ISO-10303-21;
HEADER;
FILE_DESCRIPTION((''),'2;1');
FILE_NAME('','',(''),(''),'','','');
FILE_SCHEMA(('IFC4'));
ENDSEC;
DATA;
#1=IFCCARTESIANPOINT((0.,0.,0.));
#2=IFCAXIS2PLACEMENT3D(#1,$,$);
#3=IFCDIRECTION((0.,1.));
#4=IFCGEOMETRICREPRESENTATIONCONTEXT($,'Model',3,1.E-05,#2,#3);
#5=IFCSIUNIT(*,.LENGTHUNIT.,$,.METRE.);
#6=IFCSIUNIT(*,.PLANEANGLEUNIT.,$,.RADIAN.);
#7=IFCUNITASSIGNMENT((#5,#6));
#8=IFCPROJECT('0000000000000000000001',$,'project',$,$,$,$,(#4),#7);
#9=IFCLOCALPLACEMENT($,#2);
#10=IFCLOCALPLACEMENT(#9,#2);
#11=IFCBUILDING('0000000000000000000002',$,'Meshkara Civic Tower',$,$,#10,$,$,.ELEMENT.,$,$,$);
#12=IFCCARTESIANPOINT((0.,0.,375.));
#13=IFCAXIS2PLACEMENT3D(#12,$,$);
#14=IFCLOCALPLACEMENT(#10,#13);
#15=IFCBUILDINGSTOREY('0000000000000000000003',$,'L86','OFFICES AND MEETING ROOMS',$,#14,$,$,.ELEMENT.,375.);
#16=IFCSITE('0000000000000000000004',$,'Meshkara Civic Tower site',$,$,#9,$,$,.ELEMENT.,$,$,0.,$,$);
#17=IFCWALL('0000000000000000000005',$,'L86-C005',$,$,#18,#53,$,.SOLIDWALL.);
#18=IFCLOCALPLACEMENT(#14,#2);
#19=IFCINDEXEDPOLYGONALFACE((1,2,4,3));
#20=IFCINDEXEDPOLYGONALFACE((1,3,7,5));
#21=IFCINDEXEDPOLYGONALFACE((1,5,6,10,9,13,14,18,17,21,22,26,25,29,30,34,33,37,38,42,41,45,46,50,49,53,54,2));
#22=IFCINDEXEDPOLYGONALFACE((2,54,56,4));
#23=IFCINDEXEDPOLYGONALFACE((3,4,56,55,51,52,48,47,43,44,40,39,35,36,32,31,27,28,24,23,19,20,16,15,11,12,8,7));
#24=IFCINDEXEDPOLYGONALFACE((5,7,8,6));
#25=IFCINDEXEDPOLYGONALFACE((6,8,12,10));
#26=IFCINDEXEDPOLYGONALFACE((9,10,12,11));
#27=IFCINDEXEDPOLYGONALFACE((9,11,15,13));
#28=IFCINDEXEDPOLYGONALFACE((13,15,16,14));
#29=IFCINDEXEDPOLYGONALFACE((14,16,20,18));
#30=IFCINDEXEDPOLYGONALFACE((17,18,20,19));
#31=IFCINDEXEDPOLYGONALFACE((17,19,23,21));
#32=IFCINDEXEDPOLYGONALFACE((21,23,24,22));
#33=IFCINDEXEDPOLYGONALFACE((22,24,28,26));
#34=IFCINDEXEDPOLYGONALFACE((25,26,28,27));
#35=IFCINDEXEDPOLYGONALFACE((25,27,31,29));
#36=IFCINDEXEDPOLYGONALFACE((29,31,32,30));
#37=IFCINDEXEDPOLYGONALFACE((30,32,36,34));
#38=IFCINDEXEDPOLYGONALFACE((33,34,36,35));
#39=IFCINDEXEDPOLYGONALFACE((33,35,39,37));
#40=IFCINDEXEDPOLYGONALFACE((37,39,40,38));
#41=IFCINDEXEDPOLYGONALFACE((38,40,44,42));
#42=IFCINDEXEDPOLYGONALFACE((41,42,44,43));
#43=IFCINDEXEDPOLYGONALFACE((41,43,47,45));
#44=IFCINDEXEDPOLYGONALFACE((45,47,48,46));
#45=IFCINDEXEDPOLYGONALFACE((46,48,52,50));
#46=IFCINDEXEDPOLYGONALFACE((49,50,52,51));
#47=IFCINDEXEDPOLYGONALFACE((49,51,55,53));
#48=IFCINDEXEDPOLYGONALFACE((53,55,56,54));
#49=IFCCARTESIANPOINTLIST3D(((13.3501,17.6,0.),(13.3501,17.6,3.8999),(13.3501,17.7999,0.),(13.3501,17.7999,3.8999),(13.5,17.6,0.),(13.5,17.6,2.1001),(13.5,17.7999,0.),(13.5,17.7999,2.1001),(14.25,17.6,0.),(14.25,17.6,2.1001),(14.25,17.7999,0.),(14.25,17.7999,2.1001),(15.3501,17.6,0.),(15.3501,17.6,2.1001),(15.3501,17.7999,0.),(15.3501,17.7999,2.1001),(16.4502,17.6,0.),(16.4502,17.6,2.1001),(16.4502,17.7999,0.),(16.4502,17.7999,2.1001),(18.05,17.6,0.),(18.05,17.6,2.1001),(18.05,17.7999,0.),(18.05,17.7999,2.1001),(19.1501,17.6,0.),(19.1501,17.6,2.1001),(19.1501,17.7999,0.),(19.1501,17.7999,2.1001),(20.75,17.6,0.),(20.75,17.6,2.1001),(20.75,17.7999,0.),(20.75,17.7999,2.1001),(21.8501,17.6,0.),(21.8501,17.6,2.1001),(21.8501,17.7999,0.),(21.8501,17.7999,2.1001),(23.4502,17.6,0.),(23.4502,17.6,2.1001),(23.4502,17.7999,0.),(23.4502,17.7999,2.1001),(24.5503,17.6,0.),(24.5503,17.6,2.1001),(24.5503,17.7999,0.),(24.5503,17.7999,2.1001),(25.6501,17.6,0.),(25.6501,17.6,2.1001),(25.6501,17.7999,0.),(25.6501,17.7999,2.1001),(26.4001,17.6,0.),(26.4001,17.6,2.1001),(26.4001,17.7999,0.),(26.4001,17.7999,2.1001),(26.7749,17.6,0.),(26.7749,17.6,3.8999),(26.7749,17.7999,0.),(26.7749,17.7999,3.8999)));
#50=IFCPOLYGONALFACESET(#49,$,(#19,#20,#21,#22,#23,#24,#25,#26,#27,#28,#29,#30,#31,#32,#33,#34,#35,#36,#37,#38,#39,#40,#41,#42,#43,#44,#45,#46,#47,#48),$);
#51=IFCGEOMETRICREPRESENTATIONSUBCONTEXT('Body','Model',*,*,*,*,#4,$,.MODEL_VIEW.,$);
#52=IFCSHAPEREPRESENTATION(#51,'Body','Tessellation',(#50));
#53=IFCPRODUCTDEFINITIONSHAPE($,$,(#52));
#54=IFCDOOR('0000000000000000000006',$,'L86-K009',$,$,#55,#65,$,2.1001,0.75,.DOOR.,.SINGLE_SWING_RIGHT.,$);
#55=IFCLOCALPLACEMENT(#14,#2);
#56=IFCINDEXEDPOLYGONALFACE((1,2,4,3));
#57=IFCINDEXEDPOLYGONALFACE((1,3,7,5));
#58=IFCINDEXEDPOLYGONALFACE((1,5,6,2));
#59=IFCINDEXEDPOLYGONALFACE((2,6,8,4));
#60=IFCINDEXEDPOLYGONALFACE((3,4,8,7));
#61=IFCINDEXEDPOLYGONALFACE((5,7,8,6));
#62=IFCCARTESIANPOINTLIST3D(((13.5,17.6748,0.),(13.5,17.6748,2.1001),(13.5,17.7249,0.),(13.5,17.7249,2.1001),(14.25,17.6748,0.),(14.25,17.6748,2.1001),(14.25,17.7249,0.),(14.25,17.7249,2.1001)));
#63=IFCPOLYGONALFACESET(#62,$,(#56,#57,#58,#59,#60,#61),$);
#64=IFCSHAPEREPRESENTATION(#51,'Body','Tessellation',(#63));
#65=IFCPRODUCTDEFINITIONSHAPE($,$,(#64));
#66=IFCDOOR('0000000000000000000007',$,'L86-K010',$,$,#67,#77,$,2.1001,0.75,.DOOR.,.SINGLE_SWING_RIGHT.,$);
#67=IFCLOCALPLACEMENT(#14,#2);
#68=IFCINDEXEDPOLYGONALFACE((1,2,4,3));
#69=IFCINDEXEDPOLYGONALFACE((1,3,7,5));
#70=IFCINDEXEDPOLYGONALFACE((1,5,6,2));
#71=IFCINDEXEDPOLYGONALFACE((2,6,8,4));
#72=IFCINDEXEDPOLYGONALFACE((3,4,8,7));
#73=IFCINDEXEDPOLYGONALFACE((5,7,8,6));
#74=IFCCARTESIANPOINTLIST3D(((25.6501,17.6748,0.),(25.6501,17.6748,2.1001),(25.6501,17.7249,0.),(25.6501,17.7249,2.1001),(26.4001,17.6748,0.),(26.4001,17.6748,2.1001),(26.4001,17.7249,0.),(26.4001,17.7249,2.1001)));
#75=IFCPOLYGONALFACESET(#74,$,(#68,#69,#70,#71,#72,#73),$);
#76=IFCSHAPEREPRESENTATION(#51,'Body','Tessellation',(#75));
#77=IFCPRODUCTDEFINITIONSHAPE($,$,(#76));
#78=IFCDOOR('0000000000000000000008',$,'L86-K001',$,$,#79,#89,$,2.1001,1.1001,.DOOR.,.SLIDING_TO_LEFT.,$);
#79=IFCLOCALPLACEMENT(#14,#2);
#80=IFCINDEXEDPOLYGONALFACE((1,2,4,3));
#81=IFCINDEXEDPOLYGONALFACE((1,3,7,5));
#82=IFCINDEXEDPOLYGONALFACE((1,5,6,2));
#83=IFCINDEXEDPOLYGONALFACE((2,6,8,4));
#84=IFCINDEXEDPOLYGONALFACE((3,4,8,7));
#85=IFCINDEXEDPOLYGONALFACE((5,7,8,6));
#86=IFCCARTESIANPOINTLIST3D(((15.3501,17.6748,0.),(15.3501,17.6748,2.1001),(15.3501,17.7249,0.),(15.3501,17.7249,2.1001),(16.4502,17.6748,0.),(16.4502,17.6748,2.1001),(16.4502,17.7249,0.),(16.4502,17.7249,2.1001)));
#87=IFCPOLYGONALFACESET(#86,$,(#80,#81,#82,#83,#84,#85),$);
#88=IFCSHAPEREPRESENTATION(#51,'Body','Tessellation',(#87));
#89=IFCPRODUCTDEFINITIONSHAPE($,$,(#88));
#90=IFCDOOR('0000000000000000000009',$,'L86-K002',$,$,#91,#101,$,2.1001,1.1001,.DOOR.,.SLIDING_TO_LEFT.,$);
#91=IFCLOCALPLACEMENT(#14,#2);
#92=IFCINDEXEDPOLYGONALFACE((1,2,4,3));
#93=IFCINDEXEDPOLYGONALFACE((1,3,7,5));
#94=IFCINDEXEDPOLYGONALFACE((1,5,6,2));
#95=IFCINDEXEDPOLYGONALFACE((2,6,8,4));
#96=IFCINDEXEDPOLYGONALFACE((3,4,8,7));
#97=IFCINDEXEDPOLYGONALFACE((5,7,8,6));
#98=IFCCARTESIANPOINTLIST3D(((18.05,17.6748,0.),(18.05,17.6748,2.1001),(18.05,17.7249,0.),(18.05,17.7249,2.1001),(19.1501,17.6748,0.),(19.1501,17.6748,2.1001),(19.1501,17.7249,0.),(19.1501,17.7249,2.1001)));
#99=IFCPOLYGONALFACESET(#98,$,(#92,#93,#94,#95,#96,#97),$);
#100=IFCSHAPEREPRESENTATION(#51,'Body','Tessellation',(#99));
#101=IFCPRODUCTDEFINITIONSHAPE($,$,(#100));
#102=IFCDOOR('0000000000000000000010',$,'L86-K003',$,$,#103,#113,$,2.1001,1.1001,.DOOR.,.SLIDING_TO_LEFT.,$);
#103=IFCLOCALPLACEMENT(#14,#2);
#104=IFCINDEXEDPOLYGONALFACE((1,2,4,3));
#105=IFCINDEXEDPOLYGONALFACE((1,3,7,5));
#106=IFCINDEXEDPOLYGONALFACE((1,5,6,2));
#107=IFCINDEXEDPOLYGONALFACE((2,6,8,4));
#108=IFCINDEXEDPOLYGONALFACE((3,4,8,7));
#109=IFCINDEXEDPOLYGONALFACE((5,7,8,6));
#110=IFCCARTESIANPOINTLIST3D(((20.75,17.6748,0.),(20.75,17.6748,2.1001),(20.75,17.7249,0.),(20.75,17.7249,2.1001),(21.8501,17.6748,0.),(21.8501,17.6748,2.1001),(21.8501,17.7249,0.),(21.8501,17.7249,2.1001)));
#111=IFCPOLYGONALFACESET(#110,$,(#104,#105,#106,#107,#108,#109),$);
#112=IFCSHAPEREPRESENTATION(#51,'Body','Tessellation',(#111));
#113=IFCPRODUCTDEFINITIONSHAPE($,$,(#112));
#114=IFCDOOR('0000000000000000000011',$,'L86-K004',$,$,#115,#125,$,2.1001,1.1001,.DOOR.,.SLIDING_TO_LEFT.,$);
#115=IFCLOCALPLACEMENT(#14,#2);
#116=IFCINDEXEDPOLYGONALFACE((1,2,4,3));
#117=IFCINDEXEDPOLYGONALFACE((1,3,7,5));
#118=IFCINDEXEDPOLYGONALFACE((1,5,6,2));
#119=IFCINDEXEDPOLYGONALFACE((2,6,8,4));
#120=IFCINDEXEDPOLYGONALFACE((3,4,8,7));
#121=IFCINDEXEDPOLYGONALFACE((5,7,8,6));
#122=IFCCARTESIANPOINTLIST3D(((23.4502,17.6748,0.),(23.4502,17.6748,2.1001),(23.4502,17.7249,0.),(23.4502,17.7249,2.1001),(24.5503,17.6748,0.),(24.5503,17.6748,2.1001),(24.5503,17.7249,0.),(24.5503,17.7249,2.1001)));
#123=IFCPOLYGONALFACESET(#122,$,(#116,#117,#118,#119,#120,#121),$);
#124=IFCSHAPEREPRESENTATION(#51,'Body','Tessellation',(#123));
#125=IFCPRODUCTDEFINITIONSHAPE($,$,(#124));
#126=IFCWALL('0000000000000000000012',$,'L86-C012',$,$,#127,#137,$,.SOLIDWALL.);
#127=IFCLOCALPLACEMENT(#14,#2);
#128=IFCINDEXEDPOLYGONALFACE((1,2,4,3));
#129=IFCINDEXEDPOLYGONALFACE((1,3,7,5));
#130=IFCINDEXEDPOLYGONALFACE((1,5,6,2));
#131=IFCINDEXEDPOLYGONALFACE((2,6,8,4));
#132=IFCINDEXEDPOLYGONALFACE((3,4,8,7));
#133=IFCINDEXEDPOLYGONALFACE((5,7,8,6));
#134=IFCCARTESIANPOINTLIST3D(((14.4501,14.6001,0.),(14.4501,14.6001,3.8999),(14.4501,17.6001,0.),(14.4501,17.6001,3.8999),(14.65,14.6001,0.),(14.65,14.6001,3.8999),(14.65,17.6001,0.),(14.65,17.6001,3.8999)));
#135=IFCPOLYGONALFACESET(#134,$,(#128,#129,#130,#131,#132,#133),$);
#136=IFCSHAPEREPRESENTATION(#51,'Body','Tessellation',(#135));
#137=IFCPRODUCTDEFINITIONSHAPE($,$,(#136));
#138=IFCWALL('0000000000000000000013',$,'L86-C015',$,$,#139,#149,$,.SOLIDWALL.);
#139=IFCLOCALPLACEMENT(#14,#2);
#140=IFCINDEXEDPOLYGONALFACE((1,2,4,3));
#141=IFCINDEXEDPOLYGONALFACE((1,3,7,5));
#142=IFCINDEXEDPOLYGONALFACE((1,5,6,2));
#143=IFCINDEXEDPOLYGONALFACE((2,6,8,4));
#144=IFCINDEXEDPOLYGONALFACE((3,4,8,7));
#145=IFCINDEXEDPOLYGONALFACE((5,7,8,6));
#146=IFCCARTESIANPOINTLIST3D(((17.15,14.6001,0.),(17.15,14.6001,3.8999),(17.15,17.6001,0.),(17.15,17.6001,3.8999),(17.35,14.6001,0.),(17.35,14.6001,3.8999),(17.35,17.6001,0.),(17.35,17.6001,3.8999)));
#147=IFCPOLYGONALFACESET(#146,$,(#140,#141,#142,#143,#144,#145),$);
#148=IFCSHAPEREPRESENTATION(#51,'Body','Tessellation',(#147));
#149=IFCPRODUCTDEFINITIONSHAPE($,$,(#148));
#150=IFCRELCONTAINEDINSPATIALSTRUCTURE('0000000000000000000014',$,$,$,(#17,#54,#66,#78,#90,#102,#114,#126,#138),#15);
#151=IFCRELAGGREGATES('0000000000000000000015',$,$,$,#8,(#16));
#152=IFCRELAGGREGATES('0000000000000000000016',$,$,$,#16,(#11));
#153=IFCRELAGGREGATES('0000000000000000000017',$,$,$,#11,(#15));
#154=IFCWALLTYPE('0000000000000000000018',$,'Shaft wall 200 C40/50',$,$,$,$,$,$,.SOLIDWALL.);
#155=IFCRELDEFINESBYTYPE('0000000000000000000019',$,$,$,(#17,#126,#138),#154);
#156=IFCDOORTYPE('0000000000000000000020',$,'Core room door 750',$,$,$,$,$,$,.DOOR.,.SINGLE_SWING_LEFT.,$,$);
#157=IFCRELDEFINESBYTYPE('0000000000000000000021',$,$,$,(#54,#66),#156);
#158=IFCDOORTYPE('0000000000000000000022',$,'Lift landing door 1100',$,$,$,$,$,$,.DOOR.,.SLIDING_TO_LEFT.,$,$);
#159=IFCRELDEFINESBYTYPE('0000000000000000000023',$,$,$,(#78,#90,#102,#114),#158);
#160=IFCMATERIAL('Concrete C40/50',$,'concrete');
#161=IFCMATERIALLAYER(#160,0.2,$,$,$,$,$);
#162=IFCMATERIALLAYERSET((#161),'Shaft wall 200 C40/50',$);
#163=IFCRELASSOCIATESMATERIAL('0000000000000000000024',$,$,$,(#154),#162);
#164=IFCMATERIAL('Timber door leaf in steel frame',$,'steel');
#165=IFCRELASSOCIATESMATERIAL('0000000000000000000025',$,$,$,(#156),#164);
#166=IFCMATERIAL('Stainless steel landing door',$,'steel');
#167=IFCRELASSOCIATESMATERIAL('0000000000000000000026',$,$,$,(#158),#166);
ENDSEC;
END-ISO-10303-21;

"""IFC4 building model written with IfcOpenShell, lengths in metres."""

from ifc_helpers import new_model, si_unit, direction, frame, frame_2d, origin, place, context, subcontext, project, spatial, rectangle, extrude, material, layer, layer_set, type_object, element, fill, save


model = new_model("IFC4")

# Units and contexts
model_context = context("Model", 3, precision=1e-05, world=origin(), true_north=direction((0.0, 1.0)))
body_context = subcontext(model_context, "Body", "Model", "MODEL_VIEW")
ifc_project = project(units=[si_unit("LENGTHUNIT", "METRE"), si_unit("PLANEANGLEUNIT", "RADIAN")], contexts=[model_context])

# Site, building, storey
site_placement = place(None, origin())
site = spatial("IfcSite", under=ifc_project, at=site_placement, Name="Meshkara Civic Tower site", CompositionType="ELEMENT", RefElevation=0.0)
building_placement = place(site_placement, origin())
building = spatial("IfcBuilding", under=site, at=building_placement, Name="Meshkara Civic Tower", CompositionType="ELEMENT")
storey_placement = place(building_placement, frame((0.0, 0.0, 375.0)))
storey = spatial("IfcBuildingStorey", under=building, at=storey_placement, Name="L86", Description="OFFICES AND MEETING ROOMS", CompositionType="ELEMENT", Elevation=375.0)

# Wall, openings, doors
ifc_material_1 = material(Name="Concrete C40/50", Category="concrete")
ifc_layer_1 = layer(ifc_material_1, 0.2)
ifc_layer_set_1 = layer_set([ifc_layer_1], Name="Shaft wall 200 C40/50")
wall_type_1 = type_object("IfcWallType", Name="Shaft wall 200 C40/50", PredefinedType="SOLIDWALL", material=ifc_layer_set_1)
wall_1_placement = place(storey_placement, frame((13.3501, 17.7, 0.0), z_axis=(0.0, 0.0, 1.0), x_axis=(1.0, 0.0, 0.0)))
wall_1 = element("IfcWall", 1, at=wall_1_placement, inside=storey, type_object=wall_type_1, Name="L86-C005", PredefinedType="SOLIDWALL", context=body_context, shape_type="SweptSolid", body=[
    extrude(rectangle(XDim=13.4248, YDim=0.2, at=frame_2d((6.7124, 0.0))), origin(), (0.0, 0.0, 1.0), 3.8999),
])
opening_1_placement = place(wall_1_placement, frame((2.0, 0.0, 0.0)))
opening_1 = element("IfcOpeningElement", 2, at=opening_1_placement, cuts=wall_1, PredefinedType="OPENING", context=body_context, shape_type="SweptSolid", body=[
    extrude(rectangle(XDim=1.1001, YDim=2.1001, at=frame_2d((0.55, 1.05))), frame((0.0, 0.1099, 0.0), z_axis=(0.0, -1.0, 0.0), x_axis=(1.0, 0.0, 0.0)), (0.0, 0.0, 1.0), 0.22),
])
opening_2_placement = place(wall_1_placement, frame((4.7, 0.0, 0.0)))
opening_2 = element("IfcOpeningElement", 3, at=opening_2_placement, cuts=wall_1, PredefinedType="OPENING", context=body_context, shape_type="SweptSolid", body=[
    extrude(rectangle(XDim=1.1001, YDim=2.1001, at=frame_2d((0.55, 1.05))), frame((0.0, 0.1099, 0.0), z_axis=(0.0, -1.0, 0.0), x_axis=(1.0, 0.0, 0.0)), (0.0, 0.0, 1.0), 0.22),
])
opening_3_placement = place(wall_1_placement, frame((7.3999, 0.0, 0.0)))
opening_3 = element("IfcOpeningElement", 4, at=opening_3_placement, cuts=wall_1, PredefinedType="OPENING", context=body_context, shape_type="SweptSolid", body=[
    extrude(rectangle(XDim=1.1001, YDim=2.1001, at=frame_2d((0.55, 1.05))), frame((0.0, 0.1099, 0.0), z_axis=(0.0, -1.0, 0.0), x_axis=(1.0, 0.0, 0.0)), (0.0, 0.0, 1.0), 0.22),
])
opening_4_placement = place(wall_1_placement, frame((10.1001, 0.0, 0.0)))
opening_4 = element("IfcOpeningElement", 5, at=opening_4_placement, cuts=wall_1, PredefinedType="OPENING", context=body_context, shape_type="SweptSolid", body=[
    extrude(rectangle(XDim=1.1001, YDim=2.1001, at=frame_2d((0.55, 1.05))), frame((0.0, 0.1099, 0.0), z_axis=(0.0, -1.0, 0.0), x_axis=(1.0, 0.0, 0.0)), (0.0, 0.0, 1.0), 0.22),
])
opening_5_placement = place(wall_1_placement, frame((0.1499, 0.0, 0.0)))
opening_5 = element("IfcOpeningElement", 6, at=opening_5_placement, cuts=wall_1, PredefinedType="OPENING", context=body_context, shape_type="SweptSolid", body=[
    extrude(rectangle(XDim=0.75, YDim=2.1001, at=frame_2d((0.375, 1.05))), frame((0.0, 0.1099, 0.0), z_axis=(0.0, -1.0, 0.0), x_axis=(1.0, 0.0, 0.0)), (0.0, 0.0, 1.0), 0.22),
])
opening_6_placement = place(wall_1_placement, frame((12.3, 0.0, 0.0)))
opening_6 = element("IfcOpeningElement", 7, at=opening_6_placement, cuts=wall_1, PredefinedType="OPENING", context=body_context, shape_type="SweptSolid", body=[
    extrude(rectangle(XDim=0.75, YDim=2.1001, at=frame_2d((0.375, 1.05))), frame((0.0, 0.1099, 0.0), z_axis=(0.0, -1.0, 0.0), x_axis=(1.0, 0.0, 0.0)), (0.0, 0.0, 1.0), 0.22),
])
ifc_material_2 = material(Name="Timber door leaf in steel frame", Category="steel")
door_type_1 = type_object("IfcDoorType", Name="Core room door 750", OperationType="SINGLE_SWING_LEFT", PredefinedType="DOOR", material=ifc_material_2)
door_1_placement = place(opening_5_placement, origin())
door_1 = element("IfcDoor", 8, at=door_1_placement, inside=storey, type_object=door_type_1, Name="L86-K009", OperationType="SINGLE_SWING_RIGHT", OverallHeight=2.1001, OverallWidth=0.75, PredefinedType="DOOR", context=body_context, shape_type="SweptSolid", body=[
    extrude(rectangle(XDim=0.75, YDim=2.1001, at=frame_2d((0.375, 1.05))), frame((0.0, 0.0249, 0.0), z_axis=(0.0, -1.0, 0.0), x_axis=(1.0, 0.0, 0.0)), (0.0, 0.0, 1.0), 0.05),
])
fill(opening_5, door_1)
door_2_placement = place(opening_6_placement, origin())
door_2 = element("IfcDoor", 9, at=door_2_placement, inside=storey, type_object=door_type_1, Name="L86-K010", OperationType="SINGLE_SWING_RIGHT", OverallHeight=2.1001, OverallWidth=0.75, PredefinedType="DOOR", context=body_context, shape_type="SweptSolid", body=[
    extrude(rectangle(XDim=0.75, YDim=2.1001, at=frame_2d((0.375, 1.05))), frame((0.0, 0.0249, 0.0), z_axis=(0.0, -1.0, 0.0), x_axis=(1.0, 0.0, 0.0)), (0.0, 0.0, 1.0), 0.05),
])
fill(opening_6, door_2)
ifc_material_3 = material(Name="Stainless steel landing door", Category="steel")
door_type_2 = type_object("IfcDoorType", Name="Lift landing door 1100", OperationType="SLIDING_TO_LEFT", PredefinedType="DOOR", material=ifc_material_3)
door_3_placement = place(opening_1_placement, origin())
door_3 = element("IfcDoor", 10, at=door_3_placement, inside=storey, type_object=door_type_2, Name="L86-K001", OperationType="SLIDING_TO_LEFT", OverallHeight=2.1001, OverallWidth=1.1001, PredefinedType="DOOR", context=body_context, shape_type="SweptSolid", body=[
    extrude(rectangle(XDim=1.1001, YDim=2.1001, at=frame_2d((0.55, 1.05))), frame((0.0, 0.0249, 0.0), z_axis=(0.0, -1.0, 0.0), x_axis=(1.0, 0.0, 0.0)), (0.0, 0.0, 1.0), 0.05),
])
fill(opening_1, door_3)
door_4_placement = place(opening_2_placement, origin())
door_4 = element("IfcDoor", 11, at=door_4_placement, inside=storey, type_object=door_type_2, Name="L86-K002", OperationType="SLIDING_TO_LEFT", OverallHeight=2.1001, OverallWidth=1.1001, PredefinedType="DOOR", context=body_context, shape_type="SweptSolid", body=[
    extrude(rectangle(XDim=1.1001, YDim=2.1001, at=frame_2d((0.55, 1.05))), frame((0.0, 0.0249, 0.0), z_axis=(0.0, -1.0, 0.0), x_axis=(1.0, 0.0, 0.0)), (0.0, 0.0, 1.0), 0.05),
])
fill(opening_2, door_4)
door_5_placement = place(opening_3_placement, origin())
door_5 = element("IfcDoor", 12, at=door_5_placement, inside=storey, type_object=door_type_2, Name="L86-K003", OperationType="SLIDING_TO_LEFT", OverallHeight=2.1001, OverallWidth=1.1001, PredefinedType="DOOR", context=body_context, shape_type="SweptSolid", body=[
    extrude(rectangle(XDim=1.1001, YDim=2.1001, at=frame_2d((0.55, 1.05))), frame((0.0, 0.0249, 0.0), z_axis=(0.0, -1.0, 0.0), x_axis=(1.0, 0.0, 0.0)), (0.0, 0.0, 1.0), 0.05),
])
fill(opening_3, door_5)
door_6_placement = place(opening_4_placement, origin())
door_6 = element("IfcDoor", 13, at=door_6_placement, inside=storey, type_object=door_type_2, Name="L86-K004", OperationType="SLIDING_TO_LEFT", OverallHeight=2.1001, OverallWidth=1.1001, PredefinedType="DOOR", context=body_context, shape_type="SweptSolid", body=[
    extrude(rectangle(XDim=1.1001, YDim=2.1001, at=frame_2d((0.55, 1.05))), frame((0.0, 0.0249, 0.0), z_axis=(0.0, -1.0, 0.0), x_axis=(1.0, 0.0, 0.0)), (0.0, 0.0, 1.0), 0.05),
])
fill(opening_4, door_6)

# Walls
for number, where, z_axis, x_axis, name in (
    (14, (14.55, 14.6001, 0.0), (0.0, 0.0, 1.0), (0.0, 1.0, 0.0), "L86-C012"),
    (15, (17.25, 14.6001, 0.0), (0.0, 0.0, 1.0), (0.0, 1.0, 0.0), "L86-C015"),
):
    element("IfcWall", number, at=place(storey_placement, frame(where, z_axis=z_axis, x_axis=x_axis)), inside=storey, type_object=wall_type_1, Name=name, PredefinedType="SOLIDWALL", context=body_context, shape_type="SweptSolid", body=[
        extrude(rectangle(XDim=3.0, YDim=0.2, at=frame_2d((1.5, 0.0))), origin(), (0.0, 0.0, 1.0), 3.8999),
    ])

save(model, "model.ifc")
